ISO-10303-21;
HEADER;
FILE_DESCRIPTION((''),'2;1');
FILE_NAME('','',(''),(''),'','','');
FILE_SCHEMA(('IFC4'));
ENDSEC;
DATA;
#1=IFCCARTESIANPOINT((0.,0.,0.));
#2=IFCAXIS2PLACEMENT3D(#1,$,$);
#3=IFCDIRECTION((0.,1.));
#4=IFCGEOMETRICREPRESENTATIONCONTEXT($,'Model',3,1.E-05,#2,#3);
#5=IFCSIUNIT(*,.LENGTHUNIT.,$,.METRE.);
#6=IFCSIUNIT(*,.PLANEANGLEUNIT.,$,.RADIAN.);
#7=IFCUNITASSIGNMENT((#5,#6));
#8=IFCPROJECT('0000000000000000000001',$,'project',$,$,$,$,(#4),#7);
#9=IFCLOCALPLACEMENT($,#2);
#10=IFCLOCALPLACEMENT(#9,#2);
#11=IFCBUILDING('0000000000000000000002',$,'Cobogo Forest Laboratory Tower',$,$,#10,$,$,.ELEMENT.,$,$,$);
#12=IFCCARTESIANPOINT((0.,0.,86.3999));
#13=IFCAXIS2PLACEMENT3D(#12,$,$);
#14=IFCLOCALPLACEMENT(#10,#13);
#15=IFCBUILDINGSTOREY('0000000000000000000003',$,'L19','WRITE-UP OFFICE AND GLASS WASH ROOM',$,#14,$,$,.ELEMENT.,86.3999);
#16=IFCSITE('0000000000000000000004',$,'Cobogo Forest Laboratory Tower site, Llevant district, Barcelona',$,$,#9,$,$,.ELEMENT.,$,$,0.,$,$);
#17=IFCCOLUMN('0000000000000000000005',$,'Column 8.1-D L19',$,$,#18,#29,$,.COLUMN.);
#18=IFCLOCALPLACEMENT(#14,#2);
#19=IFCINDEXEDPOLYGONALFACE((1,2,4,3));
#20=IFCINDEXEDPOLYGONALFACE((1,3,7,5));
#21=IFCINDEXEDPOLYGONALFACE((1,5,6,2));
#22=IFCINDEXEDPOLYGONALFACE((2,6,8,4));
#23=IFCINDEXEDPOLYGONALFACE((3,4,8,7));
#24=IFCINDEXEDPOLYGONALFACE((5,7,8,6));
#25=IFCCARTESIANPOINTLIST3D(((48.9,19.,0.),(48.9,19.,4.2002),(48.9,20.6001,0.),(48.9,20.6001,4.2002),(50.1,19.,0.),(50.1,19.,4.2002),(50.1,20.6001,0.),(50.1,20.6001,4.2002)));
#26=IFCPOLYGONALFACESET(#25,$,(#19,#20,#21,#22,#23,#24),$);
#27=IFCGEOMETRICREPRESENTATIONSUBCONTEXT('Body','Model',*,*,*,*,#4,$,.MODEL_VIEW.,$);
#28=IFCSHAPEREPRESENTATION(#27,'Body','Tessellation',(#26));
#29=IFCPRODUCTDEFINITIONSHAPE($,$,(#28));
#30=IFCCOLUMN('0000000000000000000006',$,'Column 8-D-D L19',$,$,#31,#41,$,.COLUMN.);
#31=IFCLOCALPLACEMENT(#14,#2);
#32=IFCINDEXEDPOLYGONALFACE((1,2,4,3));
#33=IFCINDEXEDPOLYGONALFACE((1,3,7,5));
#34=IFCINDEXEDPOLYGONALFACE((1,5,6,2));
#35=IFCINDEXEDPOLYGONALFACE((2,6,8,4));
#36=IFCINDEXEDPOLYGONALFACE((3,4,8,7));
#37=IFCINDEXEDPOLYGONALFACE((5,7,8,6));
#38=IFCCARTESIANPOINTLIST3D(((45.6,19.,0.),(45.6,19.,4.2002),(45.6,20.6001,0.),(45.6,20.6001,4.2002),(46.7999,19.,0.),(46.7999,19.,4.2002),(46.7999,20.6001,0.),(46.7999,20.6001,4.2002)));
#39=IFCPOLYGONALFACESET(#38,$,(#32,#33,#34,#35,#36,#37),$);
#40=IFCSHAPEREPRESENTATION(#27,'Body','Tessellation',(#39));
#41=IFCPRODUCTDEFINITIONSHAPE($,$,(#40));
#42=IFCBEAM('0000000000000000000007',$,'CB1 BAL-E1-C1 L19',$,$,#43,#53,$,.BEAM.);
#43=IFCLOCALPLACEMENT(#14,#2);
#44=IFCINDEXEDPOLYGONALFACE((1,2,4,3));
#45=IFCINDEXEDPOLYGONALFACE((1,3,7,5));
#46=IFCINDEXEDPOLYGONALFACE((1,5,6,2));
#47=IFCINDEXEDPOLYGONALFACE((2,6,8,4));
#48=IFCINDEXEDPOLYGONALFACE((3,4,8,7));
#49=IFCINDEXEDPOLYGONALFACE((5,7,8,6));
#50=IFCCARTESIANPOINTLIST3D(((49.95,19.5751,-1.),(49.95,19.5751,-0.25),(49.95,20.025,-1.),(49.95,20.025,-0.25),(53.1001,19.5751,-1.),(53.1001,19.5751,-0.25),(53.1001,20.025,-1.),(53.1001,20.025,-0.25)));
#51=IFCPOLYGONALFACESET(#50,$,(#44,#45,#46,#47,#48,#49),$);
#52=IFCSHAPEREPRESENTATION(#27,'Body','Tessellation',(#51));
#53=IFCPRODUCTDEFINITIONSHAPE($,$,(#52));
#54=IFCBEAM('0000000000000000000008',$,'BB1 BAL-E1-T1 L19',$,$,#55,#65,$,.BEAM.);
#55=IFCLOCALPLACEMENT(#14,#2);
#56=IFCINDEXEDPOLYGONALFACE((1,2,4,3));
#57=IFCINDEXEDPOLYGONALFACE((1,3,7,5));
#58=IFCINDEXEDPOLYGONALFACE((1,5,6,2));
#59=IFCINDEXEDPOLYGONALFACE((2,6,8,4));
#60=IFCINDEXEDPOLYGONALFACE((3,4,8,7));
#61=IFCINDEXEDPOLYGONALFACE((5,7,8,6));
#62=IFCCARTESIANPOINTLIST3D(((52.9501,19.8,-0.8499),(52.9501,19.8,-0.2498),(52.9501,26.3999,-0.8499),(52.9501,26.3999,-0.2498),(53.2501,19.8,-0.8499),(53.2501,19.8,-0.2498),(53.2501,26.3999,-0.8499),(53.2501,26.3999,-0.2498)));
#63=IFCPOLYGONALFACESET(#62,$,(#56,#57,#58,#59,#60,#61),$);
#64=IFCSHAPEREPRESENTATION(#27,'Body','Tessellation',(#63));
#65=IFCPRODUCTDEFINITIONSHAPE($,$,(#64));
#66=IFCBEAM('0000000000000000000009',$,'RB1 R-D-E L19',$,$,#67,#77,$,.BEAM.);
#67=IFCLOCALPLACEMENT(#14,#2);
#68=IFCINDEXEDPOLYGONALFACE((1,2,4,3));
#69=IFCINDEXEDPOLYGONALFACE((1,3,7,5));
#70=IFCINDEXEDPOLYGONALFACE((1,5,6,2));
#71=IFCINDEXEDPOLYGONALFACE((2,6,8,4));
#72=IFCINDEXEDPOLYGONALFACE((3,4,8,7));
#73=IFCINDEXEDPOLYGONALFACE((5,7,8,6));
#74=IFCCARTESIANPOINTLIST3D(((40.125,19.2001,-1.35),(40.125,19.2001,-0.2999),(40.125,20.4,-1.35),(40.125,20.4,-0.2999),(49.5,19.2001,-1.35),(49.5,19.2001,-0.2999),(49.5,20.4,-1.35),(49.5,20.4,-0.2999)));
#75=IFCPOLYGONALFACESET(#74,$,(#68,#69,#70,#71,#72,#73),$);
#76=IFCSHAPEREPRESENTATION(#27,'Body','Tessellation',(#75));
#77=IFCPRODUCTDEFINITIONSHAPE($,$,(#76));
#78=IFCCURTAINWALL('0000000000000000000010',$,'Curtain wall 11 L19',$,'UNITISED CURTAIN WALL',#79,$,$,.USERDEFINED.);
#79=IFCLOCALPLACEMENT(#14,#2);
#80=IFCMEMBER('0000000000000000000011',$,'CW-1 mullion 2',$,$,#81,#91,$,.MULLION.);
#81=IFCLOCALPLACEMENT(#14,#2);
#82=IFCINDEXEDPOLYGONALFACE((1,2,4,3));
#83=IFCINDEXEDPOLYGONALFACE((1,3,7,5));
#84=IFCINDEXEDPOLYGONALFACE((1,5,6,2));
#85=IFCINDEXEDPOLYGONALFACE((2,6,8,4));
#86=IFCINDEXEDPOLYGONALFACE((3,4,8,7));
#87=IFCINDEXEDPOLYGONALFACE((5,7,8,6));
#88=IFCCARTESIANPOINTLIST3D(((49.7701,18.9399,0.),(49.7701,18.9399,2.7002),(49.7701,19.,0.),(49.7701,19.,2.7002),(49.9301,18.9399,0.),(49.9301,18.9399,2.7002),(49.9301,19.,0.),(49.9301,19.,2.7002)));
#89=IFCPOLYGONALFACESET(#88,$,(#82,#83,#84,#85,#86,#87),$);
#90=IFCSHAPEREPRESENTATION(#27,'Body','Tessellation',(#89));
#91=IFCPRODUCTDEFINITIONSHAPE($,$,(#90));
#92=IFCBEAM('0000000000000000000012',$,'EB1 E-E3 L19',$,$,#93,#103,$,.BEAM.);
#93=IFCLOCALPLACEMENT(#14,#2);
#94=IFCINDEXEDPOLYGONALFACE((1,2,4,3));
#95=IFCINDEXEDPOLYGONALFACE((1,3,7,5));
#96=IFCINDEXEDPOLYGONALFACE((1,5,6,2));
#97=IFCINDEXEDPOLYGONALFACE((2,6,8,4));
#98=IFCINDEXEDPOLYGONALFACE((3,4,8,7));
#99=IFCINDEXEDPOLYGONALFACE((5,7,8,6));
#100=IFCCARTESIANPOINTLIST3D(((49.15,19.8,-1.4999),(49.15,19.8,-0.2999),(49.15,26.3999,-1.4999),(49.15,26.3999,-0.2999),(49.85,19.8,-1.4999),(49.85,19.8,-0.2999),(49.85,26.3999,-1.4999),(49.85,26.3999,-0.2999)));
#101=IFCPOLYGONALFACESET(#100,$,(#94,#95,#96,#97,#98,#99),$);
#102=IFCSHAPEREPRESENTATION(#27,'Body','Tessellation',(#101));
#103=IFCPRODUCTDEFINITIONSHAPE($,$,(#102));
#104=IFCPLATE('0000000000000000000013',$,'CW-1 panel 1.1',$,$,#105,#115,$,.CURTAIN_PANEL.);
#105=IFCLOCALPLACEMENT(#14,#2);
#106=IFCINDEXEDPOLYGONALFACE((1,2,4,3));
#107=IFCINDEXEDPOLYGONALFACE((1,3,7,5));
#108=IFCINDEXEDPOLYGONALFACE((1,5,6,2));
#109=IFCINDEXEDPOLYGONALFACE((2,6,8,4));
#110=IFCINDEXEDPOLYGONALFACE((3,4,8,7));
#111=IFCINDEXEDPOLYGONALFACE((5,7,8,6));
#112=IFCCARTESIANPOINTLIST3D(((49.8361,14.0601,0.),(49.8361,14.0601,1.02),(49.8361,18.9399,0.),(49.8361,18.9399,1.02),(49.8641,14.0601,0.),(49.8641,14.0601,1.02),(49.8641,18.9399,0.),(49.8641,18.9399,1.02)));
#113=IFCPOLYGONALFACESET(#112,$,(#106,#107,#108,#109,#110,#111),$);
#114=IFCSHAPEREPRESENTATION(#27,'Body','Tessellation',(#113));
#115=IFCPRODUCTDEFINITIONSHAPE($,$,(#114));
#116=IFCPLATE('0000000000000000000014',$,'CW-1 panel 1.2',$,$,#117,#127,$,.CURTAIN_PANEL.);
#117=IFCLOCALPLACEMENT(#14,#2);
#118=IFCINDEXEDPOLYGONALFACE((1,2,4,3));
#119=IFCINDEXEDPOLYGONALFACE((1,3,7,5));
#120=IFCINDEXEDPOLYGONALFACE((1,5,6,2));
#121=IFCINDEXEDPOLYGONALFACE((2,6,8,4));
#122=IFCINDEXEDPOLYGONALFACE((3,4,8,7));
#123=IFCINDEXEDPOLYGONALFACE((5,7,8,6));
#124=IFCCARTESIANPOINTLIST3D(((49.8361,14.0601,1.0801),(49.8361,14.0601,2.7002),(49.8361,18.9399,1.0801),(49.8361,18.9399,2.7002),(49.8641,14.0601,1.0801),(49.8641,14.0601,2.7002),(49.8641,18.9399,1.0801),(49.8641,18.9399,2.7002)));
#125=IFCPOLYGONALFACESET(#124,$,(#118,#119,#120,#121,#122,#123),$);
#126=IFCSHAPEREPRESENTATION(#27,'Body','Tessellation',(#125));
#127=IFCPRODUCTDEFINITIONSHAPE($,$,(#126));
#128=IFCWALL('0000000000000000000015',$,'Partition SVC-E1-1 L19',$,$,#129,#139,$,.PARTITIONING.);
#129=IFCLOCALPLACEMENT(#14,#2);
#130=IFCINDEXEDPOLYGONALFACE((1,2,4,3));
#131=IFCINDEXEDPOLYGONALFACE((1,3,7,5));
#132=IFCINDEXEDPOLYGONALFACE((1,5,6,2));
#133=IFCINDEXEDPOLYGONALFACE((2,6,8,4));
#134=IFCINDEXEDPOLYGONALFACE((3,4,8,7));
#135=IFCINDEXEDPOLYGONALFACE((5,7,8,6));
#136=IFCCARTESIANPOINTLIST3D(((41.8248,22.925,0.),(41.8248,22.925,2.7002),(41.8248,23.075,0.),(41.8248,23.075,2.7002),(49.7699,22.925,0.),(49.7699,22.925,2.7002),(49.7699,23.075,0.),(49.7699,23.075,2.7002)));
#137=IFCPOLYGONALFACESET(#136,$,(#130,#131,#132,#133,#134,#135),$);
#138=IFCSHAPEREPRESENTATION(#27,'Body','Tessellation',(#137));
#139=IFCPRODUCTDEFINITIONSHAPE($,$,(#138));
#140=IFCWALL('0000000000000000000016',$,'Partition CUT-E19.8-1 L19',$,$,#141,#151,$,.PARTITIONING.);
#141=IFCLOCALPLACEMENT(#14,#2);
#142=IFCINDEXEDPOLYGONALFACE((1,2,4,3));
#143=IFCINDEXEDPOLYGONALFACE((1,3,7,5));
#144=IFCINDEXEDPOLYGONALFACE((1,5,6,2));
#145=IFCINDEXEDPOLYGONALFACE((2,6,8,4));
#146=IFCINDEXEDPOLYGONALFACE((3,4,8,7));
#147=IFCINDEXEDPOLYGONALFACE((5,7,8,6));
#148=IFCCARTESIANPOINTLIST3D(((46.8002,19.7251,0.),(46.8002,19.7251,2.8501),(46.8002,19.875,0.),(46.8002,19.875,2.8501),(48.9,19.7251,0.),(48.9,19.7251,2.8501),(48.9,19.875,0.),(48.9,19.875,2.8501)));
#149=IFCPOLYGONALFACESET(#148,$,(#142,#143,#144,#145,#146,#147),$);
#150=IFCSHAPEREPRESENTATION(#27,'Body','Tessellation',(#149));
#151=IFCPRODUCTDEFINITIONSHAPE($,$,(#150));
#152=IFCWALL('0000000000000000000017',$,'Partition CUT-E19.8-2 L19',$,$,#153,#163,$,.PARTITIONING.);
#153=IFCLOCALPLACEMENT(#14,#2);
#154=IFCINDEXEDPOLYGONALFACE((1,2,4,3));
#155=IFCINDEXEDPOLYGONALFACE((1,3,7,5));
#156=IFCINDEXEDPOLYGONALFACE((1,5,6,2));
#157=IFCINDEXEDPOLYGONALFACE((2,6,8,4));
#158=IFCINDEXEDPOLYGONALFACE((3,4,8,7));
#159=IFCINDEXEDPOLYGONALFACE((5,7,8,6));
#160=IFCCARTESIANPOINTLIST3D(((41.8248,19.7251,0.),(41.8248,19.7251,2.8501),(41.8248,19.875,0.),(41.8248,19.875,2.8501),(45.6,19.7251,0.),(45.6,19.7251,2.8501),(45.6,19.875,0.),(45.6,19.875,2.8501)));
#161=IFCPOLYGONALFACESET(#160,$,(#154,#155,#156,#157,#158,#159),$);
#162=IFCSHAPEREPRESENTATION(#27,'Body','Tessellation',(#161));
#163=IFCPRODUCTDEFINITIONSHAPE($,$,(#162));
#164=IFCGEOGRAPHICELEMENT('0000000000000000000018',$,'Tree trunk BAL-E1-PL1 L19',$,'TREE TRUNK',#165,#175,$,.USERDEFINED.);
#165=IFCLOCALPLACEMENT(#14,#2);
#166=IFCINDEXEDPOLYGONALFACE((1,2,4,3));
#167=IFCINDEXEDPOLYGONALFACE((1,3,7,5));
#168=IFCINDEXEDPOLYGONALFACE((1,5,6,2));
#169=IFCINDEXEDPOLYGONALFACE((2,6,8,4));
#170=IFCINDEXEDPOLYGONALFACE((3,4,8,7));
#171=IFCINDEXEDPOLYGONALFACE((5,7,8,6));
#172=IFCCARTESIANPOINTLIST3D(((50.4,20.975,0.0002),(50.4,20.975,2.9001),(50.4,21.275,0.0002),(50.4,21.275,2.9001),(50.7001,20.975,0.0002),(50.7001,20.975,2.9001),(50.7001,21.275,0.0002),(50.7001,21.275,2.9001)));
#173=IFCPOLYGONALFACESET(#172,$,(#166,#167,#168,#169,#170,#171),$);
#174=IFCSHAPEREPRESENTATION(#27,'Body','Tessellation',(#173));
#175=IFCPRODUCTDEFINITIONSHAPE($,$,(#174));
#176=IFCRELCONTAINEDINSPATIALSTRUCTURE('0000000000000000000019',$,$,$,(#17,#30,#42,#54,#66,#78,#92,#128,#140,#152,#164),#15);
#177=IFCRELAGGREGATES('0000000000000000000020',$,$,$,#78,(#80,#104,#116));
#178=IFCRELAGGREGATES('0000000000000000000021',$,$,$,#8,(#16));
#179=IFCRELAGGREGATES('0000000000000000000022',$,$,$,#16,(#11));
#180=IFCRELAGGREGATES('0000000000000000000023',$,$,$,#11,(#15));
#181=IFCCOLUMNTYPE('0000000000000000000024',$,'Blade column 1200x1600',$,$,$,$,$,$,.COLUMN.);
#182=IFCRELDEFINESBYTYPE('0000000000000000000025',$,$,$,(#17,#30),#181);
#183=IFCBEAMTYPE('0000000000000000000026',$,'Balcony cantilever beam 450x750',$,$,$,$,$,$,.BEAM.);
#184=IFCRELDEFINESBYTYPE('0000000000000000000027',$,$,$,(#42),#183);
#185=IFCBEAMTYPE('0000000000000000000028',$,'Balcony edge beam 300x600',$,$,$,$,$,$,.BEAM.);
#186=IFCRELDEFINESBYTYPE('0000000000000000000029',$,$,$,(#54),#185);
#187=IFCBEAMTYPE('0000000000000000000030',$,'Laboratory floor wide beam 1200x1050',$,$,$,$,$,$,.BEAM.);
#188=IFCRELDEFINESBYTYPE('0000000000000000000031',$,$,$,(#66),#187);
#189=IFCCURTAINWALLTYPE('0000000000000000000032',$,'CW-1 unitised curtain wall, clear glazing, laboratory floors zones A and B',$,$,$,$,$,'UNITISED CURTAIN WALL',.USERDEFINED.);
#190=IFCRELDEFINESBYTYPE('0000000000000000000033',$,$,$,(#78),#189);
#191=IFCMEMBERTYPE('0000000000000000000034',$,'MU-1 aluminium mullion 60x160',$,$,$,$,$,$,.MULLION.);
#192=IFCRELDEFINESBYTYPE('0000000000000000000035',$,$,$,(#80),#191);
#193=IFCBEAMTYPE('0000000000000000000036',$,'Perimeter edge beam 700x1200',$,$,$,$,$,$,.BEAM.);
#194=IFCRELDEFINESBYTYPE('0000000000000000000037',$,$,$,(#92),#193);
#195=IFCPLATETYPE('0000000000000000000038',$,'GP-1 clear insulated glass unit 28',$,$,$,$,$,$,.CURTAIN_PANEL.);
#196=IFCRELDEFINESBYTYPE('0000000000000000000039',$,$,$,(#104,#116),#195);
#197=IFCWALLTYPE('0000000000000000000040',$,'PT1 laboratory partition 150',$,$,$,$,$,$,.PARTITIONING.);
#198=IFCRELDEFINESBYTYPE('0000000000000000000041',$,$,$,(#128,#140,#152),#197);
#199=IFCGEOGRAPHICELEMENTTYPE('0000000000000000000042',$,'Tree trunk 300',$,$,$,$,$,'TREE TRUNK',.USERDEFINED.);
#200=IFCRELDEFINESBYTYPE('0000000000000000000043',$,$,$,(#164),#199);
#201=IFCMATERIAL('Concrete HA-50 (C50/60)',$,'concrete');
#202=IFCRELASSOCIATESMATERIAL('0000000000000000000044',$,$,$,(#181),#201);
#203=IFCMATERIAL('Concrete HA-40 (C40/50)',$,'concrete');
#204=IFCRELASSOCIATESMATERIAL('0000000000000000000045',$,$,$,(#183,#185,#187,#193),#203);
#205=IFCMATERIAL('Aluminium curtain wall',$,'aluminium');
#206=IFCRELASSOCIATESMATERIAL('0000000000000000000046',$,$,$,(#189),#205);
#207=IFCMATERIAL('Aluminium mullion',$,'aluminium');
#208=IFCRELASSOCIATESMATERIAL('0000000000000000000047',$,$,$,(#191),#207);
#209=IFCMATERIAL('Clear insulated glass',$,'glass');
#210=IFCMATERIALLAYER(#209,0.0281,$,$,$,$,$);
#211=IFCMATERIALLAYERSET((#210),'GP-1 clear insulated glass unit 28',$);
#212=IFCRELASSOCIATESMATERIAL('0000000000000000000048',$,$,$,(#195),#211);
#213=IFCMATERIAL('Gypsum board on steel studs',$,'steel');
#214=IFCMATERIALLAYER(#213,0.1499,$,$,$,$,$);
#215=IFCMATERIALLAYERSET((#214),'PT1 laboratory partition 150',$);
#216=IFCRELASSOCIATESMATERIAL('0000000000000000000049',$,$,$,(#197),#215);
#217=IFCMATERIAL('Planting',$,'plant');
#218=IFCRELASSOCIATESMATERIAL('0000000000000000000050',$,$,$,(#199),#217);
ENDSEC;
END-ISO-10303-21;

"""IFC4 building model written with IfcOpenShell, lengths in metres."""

from ifc_helpers import new_model, si_unit, direction, frame, frame_2d, origin, origin_2d, place, context, subcontext, project, spatial, rectangle, extrude, material, layer, layer_set, material_profile, profile_set, type_object, element, aggregate, save


model = new_model("IFC4")

# Units and contexts
model_context = context("Model", 3, precision=1e-05, world=origin(), true_north=direction((0.0, 1.0)))
body_context = subcontext(model_context, "Body", "Model", "MODEL_VIEW")
ifc_project = project(units=[si_unit("LENGTHUNIT", "METRE"), si_unit("PLANEANGLEUNIT", "RADIAN")], contexts=[model_context])

# Site, building, storey
site_placement = place(None, origin())
site = spatial("IfcSite", under=ifc_project, at=site_placement, Name="Cobogo Forest Laboratory Tower site, Llevant district, Barcelona", CompositionType="ELEMENT", RefElevation=0.0)
building_placement = place(site_placement, origin())
building = spatial("IfcBuilding", under=site, at=building_placement, Name="Cobogo Forest Laboratory Tower", CompositionType="ELEMENT")
storey_placement = place(building_placement, frame((0.0, 0.0, 86.3999)))
storey = spatial("IfcBuildingStorey", under=building, at=storey_placement, Name="L19", Description="WRITE-UP OFFICE AND GLASS WASH ROOM", CompositionType="ELEMENT", Elevation=86.3999)

# Columns
ifc_material_1 = material(Name="Concrete HA-50 (C50/60)", Category="concrete")
ifc_material_profile_1 = material_profile(ifc_material_1, rectangle(XDim=1.6001, YDim=1.2, at=origin_2d()), Name="RC 1200x1600")
ifc_profile_set_1 = profile_set([ifc_material_profile_1], Name="Concrete HA-50 (C50/60)")
column_type = type_object("IfcColumnType", Name="Blade column 1200x1600", PredefinedType="COLUMN", material=ifc_profile_set_1)
for number, where, z_axis, x_axis, name in (
    (1, (49.5, 19.8, 0.0), (0.0, 0.0, 1.0), (0.0, 1.0, 0.0), "Column 8.1-D L19"),
    (2, (46.2, 19.8, 0.0), (0.0, 0.0, 1.0), (0.0, 1.0, 0.0), "Column 8-D-D L19"),
):
    element("IfcColumn", number, at=place(storey_placement, frame(where, z_axis=z_axis, x_axis=x_axis)), inside=storey, type_object=column_type, Name=name, PredefinedType="COLUMN", context=body_context, shape_type="SweptSolid", body=[
        extrude(rectangle(XDim=1.6001, YDim=1.2, at=origin_2d()), origin(), (0.0, 0.0, 1.0), 4.2002),
    ])

# Beams
ifc_material_2 = material(Name="Concrete HA-40 (C40/50)", Category="concrete")
ifc_material_profile_2 = material_profile(ifc_material_2, rectangle(XDim=0.45, YDim=0.75, at=origin_2d()), Name="RC 450x750")
ifc_profile_set_2 = profile_set([ifc_material_profile_2], Name="Concrete HA-40 (C40/50)")
beam_type_1 = type_object("IfcBeamType", Name="Balcony cantilever beam 450x750", PredefinedType="BEAM", material=ifc_profile_set_2)
beam_1_placement = place(storey_placement, frame((49.95, 19.8, -0.625), z_axis=(1.0, 0.0, 0.0), x_axis=(0.0, 1.0, 0.0)))
element("IfcBeam", 3, at=beam_1_placement, inside=storey, type_object=beam_type_1, Name="CB1 BAL-E1-C1 L19", PredefinedType="BEAM", context=body_context, shape_type="SweptSolid", body=[
    extrude(rectangle(XDim=0.45, YDim=0.75, at=origin_2d()), origin(), (0.0, 0.0, 1.0), 3.1501),
])
ifc_material_profile_3 = material_profile(ifc_material_2, rectangle(XDim=0.3, YDim=0.6001, at=origin_2d()), Name="RC 300x600")
ifc_profile_set_3 = profile_set([ifc_material_profile_3], Name="Concrete HA-40 (C40/50)")
beam_type_2 = type_object("IfcBeamType", Name="Balcony edge beam 300x600", PredefinedType="BEAM", material=ifc_profile_set_3)
beam_2_placement = place(storey_placement, frame((53.1001, 19.8, -0.5498), z_axis=(0.0, 1.0, 0.0), x_axis=(-1.0, 0.0, 0.0)))
element("IfcBeam", 4, at=beam_2_placement, inside=storey, type_object=beam_type_2, Name="BB1 BAL-E1-T1 L19", PredefinedType="BEAM", context=body_context, shape_type="SweptSolid", body=[
    extrude(rectangle(XDim=0.3, YDim=0.6001, at=origin_2d()), origin(), (0.0, 0.0, 1.0), 6.5999),
])
ifc_material_profile_4 = material_profile(ifc_material_2, rectangle(XDim=1.2, YDim=1.05, at=origin_2d()), Name="RC 1200x1050")
ifc_profile_set_4 = profile_set([ifc_material_profile_4], Name="Concrete HA-40 (C40/50)")
beam_type_3 = type_object("IfcBeamType", Name="Laboratory floor wide beam 1200x1050", PredefinedType="BEAM", material=ifc_profile_set_4)
beam_3_placement = place(storey_placement, frame((40.125, 19.8, -0.825), z_axis=(1.0, 0.0, 0.0), x_axis=(0.0, 1.0, 0.0)))
element("IfcBeam", 5, at=beam_3_placement, inside=storey, type_object=beam_type_3, Name="RB1 R-D-E L19", PredefinedType="BEAM", context=body_context, shape_type="SweptSolid", body=[
    extrude(rectangle(XDim=1.2, YDim=1.05, at=origin_2d()), origin(), (0.0, 0.0, 1.0), 9.375),
])

# Curtain wall, member
ifc_material_3 = material(Name="Aluminium curtain wall", Category="aluminium")
curtain_wall_type = type_object("IfcCurtainWallType", Name="CW-1 unitised curtain wall, clear glazing, laboratory floors zones A and B", ElementType="UNITISED CURTAIN WALL", PredefinedType="USERDEFINED", material=ifc_material_3)
curtain_wall_placement = place(storey_placement, origin())
curtain_wall = element("IfcCurtainWall", 6, at=curtain_wall_placement, inside=storey, type_object=curtain_wall_type, Name="Curtain wall 11 L19", ObjectType="UNITISED CURTAIN WALL", PredefinedType="USERDEFINED")
ifc_material_4 = material(Name="Aluminium mullion", Category="aluminium")
ifc_material_profile_5 = material_profile(ifc_material_4, rectangle(XDim=0.0601, YDim=0.1599, at=origin_2d()), Name="AL 60x160")
ifc_profile_set_5 = profile_set([ifc_material_profile_5], Name="Aluminium mullion")
member_type = type_object("IfcMemberType", Name="MU-1 aluminium mullion 60x160", PredefinedType="MULLION", material=ifc_profile_set_5)
member_placement = place(storey_placement, frame((49.8501, 18.97, 0.0), z_axis=(0.0, 0.0, 1.0), x_axis=(0.0, 1.0, 0.0)))
member = element("IfcMember", 7, at=member_placement, type_object=member_type, Name="CW-1 mullion 2", PredefinedType="MULLION", context=body_context, shape_type="SweptSolid", body=[
    extrude(rectangle(XDim=0.0601, YDim=0.1599, at=origin_2d()), origin(), (0.0, 0.0, 1.0), 2.7002),
])

# Beam
ifc_material_profile_6 = material_profile(ifc_material_2, rectangle(XDim=0.7, YDim=1.2, at=origin_2d()), Name="RC 700x1200")
ifc_profile_set_6 = profile_set([ifc_material_profile_6], Name="Concrete HA-40 (C40/50)")
beam_type_4 = type_object("IfcBeamType", Name="Perimeter edge beam 700x1200", PredefinedType="BEAM", material=ifc_profile_set_6)
beam_4_placement = place(storey_placement, frame((49.5, 19.8, -0.8999), z_axis=(0.0, 1.0, 0.0), x_axis=(-1.0, 0.0, 0.0)))
element("IfcBeam", 8, at=beam_4_placement, inside=storey, type_object=beam_type_4, Name="EB1 E-E3 L19", PredefinedType="BEAM", context=body_context, shape_type="SweptSolid", body=[
    extrude(rectangle(XDim=0.7, YDim=1.2, at=origin_2d()), origin(), (0.0, 0.0, 1.0), 6.5999),
])

# Plates
ifc_material_5 = material(Name="Clear insulated glass", Category="glass")
ifc_layer_1 = layer(ifc_material_5, 0.0281)
ifc_layer_set_1 = layer_set([ifc_layer_1], Name="GP-1 clear insulated glass unit 28")
plate_type_1 = type_object("IfcPlateType", Name="GP-1 clear insulated glass unit 28", PredefinedType="CURTAIN_PANEL", material=ifc_layer_set_1)
plate_1_placement = place(storey_placement, frame((49.8501, 16.5, 0.0), z_axis=(0.0, 0.0, 1.0), x_axis=(0.0, 1.0, 0.0)))
plate_1 = element("IfcPlate", 9, at=plate_1_placement, type_object=plate_type_1, Name="CW-1 panel 1.1", PredefinedType="CURTAIN_PANEL", context=body_context, shape_type="SweptSolid", body=[
    extrude(rectangle(XDim=4.8799, YDim=0.0281, at=origin_2d()), origin(), (0.0, 0.0, 1.0), 1.02),
])
plate_2_placement = place(storey_placement, frame((49.8501, 16.5, 1.0801), z_axis=(0.0, 0.0, 1.0), x_axis=(0.0, 1.0, 0.0)))
plate_2 = element("IfcPlate", 10, at=plate_2_placement, type_object=plate_type_1, Name="CW-1 panel 1.2", PredefinedType="CURTAIN_PANEL", context=body_context, shape_type="SweptSolid", body=[
    extrude(rectangle(XDim=4.8799, YDim=0.0281, at=origin_2d()), origin(), (0.0, 0.0, 1.0), 1.6201),
])
aggregate(curtain_wall, [member, plate_1, plate_2])

# Walls
ifc_material_6 = material(Name="Gypsum board on steel studs", Category="steel")
ifc_layer_2 = layer(ifc_material_6, 0.1499)
ifc_layer_set_2 = layer_set([ifc_layer_2], Name="PT1 laboratory partition 150")
wall_type_1 = type_object("IfcWallType", Name="PT1 laboratory partition 150", PredefinedType="PARTITIONING", material=ifc_layer_set_2)
wall_1_placement = place(storey_placement, frame((49.77, 23.0, 0.0), z_axis=(0.0, 0.0, 1.0), x_axis=(-1.0, 0.0, 0.0)))
element("IfcWall", 11, at=wall_1_placement, inside=storey, type_object=wall_type_1, Name="Partition SVC-E1-1 L19", PredefinedType="PARTITIONING", context=body_context, shape_type="SweptSolid", body=[
    extrude(rectangle(XDim=7.9451, YDim=0.1499, at=frame_2d((3.9727, 0.0))), origin(), (0.0, 0.0, 1.0), 2.7002),
])
wall_2_placement = place(storey_placement, frame((48.8999, 19.8, 0.0), z_axis=(0.0, 0.0, 1.0), x_axis=(-1.0, 0.0, 0.0)))
element("IfcWall", 12, at=wall_2_placement, inside=storey, type_object=wall_type_1, Name="Partition CUT-E19.8-1 L19", PredefinedType="PARTITIONING", context=body_context, shape_type="SweptSolid", body=[
    extrude(rectangle(XDim=2.0999, YDim=0.1499, at=frame_2d((1.0498, 0.0))), origin(), (0.0, 0.0, 1.0), 2.8501),
])
wall_3_placement = place(storey_placement, frame((45.6001, 19.8, 0.0), z_axis=(0.0, 0.0, 1.0), x_axis=(-1.0, 0.0, 0.0)))
element("IfcWall", 13, at=wall_3_placement, inside=storey, type_object=wall_type_1, Name="Partition CUT-E19.8-2 L19", PredefinedType="PARTITIONING", context=body_context, shape_type="SweptSolid", body=[
    extrude(rectangle(XDim=3.7751, YDim=0.1499, at=frame_2d((1.8877, 0.0))), origin(), (0.0, 0.0, 1.0), 2.8501),
])

# Geographic element
ifc_material_7 = material(Name="Planting", Category="plant")
geographic_element_type = type_object("IfcGeographicElementType", Name="Tree trunk 300", ElementType="TREE TRUNK", PredefinedType="USERDEFINED", material=ifc_material_7)
geographic_element_placement = place(storey_placement, frame((50.55, 21.125, 0.0002), z_axis=(0.0, 0.0, 1.0), x_axis=(1.0, 0.0, 0.0)))
element("IfcGeographicElement", 14, at=geographic_element_placement, inside=storey, type_object=geographic_element_type, Name="Tree trunk BAL-E1-PL1 L19", ObjectType="TREE TRUNK", PredefinedType="USERDEFINED", context=body_context, shape_type="SweptSolid", body=[
    extrude(rectangle(XDim=0.3, YDim=0.3, at=origin_2d()), origin(), (0.0, 0.0, 1.0), 2.8999),
])

save(model, "model.ifc")
